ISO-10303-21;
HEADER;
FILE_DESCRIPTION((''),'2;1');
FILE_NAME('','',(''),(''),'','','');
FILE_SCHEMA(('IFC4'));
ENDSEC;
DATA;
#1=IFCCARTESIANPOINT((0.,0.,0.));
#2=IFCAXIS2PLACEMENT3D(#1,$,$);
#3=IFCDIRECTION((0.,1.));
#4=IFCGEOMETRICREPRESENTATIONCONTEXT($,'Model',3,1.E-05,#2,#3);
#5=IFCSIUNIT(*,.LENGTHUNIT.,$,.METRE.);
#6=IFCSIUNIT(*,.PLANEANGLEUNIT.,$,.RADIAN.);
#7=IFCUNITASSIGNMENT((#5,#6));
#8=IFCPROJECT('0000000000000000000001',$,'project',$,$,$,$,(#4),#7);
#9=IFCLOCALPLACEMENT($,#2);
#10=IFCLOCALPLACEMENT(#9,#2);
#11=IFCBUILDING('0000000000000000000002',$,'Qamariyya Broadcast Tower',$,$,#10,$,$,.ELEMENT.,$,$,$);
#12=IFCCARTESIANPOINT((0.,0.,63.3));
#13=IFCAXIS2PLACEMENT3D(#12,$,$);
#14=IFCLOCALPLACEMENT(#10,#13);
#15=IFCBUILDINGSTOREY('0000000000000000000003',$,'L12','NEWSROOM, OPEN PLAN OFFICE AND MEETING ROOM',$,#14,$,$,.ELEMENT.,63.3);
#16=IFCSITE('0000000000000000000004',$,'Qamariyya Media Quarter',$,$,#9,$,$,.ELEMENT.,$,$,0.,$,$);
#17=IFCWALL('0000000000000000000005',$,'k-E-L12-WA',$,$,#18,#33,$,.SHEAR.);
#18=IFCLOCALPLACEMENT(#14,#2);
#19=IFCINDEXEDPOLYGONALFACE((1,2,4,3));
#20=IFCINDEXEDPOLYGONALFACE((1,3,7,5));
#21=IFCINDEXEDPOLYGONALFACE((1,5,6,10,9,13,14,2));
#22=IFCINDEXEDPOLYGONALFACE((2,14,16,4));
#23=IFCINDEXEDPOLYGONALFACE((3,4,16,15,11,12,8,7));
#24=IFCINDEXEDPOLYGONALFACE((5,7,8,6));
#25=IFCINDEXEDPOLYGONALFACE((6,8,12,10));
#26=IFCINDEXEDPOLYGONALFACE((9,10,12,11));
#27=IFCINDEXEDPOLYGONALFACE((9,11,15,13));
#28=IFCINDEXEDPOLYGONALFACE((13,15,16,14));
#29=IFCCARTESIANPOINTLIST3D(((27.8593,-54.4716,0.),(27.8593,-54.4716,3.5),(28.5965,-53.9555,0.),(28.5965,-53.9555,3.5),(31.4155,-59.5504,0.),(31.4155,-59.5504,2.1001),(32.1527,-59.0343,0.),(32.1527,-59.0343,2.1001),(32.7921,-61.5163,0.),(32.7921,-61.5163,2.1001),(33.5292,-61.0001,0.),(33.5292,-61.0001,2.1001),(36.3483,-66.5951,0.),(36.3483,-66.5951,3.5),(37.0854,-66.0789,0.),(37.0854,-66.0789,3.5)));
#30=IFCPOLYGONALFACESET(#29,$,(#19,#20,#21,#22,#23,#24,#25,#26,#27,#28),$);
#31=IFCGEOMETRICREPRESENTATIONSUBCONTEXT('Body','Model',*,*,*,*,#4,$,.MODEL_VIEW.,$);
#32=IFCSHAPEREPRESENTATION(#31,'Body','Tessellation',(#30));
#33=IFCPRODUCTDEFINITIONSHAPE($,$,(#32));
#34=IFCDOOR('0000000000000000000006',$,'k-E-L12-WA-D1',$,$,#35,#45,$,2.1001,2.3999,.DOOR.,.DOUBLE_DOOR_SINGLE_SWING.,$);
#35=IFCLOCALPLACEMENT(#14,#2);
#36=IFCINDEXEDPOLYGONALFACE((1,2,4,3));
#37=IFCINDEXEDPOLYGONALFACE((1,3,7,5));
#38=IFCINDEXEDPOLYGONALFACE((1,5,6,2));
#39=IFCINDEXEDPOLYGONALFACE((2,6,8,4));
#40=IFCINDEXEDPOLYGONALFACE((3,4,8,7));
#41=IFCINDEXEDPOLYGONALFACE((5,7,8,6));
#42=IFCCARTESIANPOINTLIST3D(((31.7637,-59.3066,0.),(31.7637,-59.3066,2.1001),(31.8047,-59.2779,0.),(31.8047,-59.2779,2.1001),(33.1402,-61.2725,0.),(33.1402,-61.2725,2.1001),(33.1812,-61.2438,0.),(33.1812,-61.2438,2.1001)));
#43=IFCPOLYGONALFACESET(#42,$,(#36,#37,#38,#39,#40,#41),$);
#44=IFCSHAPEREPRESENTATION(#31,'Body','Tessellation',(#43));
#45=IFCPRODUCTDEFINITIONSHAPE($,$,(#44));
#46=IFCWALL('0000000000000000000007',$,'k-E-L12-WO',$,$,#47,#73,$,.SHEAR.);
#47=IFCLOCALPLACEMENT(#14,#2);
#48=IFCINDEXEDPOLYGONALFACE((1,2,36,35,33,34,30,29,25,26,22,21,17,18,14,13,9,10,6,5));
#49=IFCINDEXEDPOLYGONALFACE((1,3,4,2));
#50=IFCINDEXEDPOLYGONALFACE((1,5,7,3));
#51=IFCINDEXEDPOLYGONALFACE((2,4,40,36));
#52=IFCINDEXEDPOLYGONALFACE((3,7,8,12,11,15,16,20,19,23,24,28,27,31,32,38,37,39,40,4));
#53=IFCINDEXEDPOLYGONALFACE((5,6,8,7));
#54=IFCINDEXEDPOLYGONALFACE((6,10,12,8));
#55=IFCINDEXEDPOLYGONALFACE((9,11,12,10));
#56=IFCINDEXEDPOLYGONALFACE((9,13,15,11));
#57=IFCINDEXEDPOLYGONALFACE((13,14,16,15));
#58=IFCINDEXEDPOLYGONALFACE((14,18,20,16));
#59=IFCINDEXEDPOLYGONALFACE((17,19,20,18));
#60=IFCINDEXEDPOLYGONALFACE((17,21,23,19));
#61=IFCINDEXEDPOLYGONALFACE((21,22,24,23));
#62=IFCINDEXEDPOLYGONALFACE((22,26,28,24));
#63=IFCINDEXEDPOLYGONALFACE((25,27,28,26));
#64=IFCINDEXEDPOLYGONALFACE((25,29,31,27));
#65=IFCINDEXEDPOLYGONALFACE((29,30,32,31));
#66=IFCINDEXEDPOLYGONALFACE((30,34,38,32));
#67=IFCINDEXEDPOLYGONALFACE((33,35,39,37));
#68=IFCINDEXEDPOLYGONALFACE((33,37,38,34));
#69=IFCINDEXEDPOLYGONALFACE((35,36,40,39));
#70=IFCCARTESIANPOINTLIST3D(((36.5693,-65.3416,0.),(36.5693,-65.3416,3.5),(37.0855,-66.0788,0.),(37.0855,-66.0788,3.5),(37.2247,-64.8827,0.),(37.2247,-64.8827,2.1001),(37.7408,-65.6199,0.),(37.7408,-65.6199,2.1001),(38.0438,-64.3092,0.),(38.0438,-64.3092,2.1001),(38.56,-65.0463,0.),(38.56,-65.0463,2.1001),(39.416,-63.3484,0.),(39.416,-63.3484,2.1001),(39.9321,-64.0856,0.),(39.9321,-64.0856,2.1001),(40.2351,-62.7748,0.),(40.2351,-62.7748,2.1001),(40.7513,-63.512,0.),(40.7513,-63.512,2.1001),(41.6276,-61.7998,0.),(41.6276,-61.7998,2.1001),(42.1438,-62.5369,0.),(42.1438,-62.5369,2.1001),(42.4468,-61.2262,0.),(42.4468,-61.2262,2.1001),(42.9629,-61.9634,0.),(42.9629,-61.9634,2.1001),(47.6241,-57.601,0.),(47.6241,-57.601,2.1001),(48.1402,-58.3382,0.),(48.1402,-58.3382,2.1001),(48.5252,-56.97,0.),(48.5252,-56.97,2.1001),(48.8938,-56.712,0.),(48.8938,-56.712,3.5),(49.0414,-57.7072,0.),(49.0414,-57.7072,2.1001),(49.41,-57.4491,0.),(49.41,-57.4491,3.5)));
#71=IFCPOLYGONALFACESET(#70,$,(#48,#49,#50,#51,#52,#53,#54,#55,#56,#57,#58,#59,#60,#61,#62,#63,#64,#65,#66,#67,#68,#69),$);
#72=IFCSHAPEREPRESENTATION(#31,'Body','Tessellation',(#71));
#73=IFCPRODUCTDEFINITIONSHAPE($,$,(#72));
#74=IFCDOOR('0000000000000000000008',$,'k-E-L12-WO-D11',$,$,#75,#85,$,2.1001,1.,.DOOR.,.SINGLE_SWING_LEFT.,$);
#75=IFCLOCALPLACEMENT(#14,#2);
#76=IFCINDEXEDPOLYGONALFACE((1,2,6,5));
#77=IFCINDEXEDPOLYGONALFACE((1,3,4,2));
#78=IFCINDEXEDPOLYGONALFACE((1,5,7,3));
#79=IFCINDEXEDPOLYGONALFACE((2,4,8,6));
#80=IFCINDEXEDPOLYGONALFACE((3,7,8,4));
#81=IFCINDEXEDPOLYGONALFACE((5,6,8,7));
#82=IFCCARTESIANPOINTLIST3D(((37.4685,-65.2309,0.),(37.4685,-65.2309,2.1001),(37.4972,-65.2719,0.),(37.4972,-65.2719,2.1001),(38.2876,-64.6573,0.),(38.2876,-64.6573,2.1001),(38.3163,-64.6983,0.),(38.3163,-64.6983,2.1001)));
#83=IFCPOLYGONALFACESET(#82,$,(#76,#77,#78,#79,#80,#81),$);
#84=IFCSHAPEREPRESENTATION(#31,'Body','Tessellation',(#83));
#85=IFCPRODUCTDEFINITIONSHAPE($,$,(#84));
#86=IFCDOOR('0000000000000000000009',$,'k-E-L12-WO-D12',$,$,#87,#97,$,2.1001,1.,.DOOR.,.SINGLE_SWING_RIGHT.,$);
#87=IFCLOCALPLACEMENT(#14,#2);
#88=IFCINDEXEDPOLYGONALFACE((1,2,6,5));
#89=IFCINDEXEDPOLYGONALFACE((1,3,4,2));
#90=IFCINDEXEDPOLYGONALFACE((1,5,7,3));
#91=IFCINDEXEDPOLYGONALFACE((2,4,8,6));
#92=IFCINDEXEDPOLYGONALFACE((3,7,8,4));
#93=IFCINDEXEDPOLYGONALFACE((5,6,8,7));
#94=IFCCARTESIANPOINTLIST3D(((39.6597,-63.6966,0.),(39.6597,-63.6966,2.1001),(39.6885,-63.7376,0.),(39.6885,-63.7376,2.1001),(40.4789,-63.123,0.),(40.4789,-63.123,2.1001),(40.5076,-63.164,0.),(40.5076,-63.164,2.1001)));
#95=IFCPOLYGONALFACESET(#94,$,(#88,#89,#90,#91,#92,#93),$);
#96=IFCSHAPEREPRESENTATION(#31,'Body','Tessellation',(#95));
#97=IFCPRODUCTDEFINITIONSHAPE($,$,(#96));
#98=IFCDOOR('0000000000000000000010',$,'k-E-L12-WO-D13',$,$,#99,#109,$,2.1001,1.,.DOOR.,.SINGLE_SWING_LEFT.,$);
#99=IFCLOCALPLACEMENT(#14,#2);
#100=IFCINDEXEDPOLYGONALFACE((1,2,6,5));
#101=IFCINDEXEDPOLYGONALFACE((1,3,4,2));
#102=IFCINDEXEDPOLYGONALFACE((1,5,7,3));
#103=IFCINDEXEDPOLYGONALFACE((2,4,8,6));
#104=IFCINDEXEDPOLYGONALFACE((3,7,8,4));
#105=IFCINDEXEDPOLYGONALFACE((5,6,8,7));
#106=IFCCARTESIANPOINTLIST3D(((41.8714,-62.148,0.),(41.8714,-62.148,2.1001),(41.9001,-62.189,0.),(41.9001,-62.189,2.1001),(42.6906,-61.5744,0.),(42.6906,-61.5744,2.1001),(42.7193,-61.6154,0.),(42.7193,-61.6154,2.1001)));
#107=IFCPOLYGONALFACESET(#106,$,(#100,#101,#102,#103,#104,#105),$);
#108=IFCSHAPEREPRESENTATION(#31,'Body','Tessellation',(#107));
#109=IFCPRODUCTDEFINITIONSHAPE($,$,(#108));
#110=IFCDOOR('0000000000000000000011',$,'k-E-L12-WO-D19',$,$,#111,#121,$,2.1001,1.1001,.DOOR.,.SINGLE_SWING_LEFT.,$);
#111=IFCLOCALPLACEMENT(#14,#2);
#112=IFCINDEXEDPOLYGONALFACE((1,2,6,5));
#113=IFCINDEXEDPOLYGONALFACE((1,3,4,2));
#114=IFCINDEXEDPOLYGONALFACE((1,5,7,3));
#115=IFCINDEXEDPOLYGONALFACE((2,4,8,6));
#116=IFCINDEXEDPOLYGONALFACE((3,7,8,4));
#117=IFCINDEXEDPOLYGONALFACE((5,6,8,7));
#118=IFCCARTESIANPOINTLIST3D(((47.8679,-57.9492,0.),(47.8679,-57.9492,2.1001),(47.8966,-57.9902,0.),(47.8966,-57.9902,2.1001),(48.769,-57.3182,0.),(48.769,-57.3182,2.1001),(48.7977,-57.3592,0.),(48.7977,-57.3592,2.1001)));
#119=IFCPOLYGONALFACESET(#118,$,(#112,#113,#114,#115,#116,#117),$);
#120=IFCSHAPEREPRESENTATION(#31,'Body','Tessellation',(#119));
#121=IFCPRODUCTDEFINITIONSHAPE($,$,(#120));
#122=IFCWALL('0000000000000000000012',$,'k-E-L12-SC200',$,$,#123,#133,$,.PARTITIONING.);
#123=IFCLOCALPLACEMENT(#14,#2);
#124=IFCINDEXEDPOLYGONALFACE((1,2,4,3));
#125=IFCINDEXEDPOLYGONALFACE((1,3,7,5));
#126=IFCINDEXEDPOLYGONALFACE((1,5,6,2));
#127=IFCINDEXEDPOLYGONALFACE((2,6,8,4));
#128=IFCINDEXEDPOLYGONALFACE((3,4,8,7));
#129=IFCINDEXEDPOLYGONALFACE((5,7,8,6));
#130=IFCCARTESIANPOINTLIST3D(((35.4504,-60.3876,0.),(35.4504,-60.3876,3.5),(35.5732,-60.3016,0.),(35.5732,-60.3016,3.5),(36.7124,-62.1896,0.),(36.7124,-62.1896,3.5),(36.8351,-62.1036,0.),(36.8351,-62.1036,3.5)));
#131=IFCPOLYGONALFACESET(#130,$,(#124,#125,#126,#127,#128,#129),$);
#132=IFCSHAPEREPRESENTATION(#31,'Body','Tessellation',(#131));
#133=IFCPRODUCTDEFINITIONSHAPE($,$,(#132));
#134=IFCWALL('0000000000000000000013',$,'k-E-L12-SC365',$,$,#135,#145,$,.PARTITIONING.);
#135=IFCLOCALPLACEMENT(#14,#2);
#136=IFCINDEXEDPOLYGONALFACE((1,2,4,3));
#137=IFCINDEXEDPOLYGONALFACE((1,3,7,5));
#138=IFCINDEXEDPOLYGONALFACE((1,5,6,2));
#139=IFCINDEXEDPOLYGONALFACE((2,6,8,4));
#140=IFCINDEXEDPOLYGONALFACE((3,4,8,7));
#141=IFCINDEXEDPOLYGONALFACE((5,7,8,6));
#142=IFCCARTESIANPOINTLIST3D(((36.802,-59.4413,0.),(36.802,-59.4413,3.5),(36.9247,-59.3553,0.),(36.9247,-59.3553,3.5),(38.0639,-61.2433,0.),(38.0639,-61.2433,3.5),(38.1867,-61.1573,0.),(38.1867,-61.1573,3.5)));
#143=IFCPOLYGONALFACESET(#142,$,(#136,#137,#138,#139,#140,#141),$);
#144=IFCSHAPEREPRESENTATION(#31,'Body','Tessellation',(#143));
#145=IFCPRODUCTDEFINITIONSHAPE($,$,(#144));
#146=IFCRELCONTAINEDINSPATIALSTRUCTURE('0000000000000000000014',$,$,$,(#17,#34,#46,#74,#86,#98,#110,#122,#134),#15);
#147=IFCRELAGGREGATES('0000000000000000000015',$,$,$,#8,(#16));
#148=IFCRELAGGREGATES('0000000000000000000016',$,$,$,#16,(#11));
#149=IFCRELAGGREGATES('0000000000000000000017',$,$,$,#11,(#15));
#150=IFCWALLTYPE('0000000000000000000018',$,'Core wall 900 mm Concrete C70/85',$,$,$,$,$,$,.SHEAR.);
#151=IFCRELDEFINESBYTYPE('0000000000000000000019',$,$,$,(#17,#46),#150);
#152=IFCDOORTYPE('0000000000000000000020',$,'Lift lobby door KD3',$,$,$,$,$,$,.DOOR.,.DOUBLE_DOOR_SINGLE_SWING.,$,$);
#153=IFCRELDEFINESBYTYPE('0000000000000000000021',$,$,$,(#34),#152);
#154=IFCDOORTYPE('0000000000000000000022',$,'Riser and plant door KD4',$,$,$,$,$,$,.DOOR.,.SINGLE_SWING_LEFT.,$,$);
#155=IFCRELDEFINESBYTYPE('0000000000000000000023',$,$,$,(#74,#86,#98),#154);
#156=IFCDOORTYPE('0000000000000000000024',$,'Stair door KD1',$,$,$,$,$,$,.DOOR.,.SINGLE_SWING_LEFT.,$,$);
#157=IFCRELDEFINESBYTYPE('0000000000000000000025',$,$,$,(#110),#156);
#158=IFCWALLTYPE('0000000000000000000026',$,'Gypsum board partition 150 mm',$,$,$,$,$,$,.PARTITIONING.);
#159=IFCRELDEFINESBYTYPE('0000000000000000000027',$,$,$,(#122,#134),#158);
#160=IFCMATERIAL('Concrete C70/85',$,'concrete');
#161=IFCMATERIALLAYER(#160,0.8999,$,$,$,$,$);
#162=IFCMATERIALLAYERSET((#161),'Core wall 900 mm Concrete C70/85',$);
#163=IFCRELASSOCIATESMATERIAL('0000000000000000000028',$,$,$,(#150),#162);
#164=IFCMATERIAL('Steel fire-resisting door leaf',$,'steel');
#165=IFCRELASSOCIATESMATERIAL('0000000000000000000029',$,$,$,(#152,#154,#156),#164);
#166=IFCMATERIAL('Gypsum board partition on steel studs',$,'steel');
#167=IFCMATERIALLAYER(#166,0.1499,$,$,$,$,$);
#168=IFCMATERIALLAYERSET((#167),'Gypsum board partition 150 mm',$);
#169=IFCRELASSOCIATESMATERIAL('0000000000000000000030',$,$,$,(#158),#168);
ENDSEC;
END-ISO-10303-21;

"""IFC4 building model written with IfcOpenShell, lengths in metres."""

from ifc_helpers import new_model, si_unit, direction, frame, frame_2d, origin, place, context, subcontext, project, spatial, rectangle, extrude, material, layer, layer_set, type_object, element, fill, save


model = new_model("IFC4")

# Units and contexts
model_context = context("Model", 3, precision=1e-05, world=origin(), true_north=direction((0.0, 1.0)))
body_context = subcontext(model_context, "Body", "Model", "MODEL_VIEW")
ifc_project = project(units=[si_unit("LENGTHUNIT", "METRE"), si_unit("PLANEANGLEUNIT", "RADIAN")], contexts=[model_context])

# Site, building, storey
site_placement = place(None, origin())
site = spatial("IfcSite", under=ifc_project, at=site_placement, Name="Qamariyya Media Quarter", CompositionType="ELEMENT", RefElevation=0.0)
building_placement = place(site_placement, origin())
building = spatial("IfcBuilding", under=site, at=building_placement, Name="Qamariyya Broadcast Tower", CompositionType="ELEMENT")
storey_placement = place(building_placement, frame((0.0, 0.0, 63.3)))
storey = spatial("IfcBuildingStorey", under=building, at=storey_placement, Name="L12", Description="NEWSROOM, OPEN PLAN OFFICE AND MEETING ROOM", CompositionType="ELEMENT", Elevation=63.3)

# Wall, opening, door
ifc_material_1 = material(Name="Concrete C70/85", Category="concrete")
ifc_layer_1 = layer(ifc_material_1, 0.8999)
ifc_layer_set_1 = layer_set([ifc_layer_1], Name="Core wall 900 mm Concrete C70/85")
wall_type_1 = type_object("IfcWallType", Name="Core wall 900 mm Concrete C70/85", PredefinedType="SHEAR", material=ifc_layer_set_1)
wall_1_placement = place(storey_placement, frame((36.7168, -66.3369, 0.0), z_axis=(0.0, 0.0, 1.0), x_axis=(-0.573577, 0.819151, 0.0)))
wall_1 = element("IfcWall", 1, at=wall_1_placement, inside=storey, type_object=wall_type_1, Name="k-E-L12-WA", PredefinedType="SHEAR", context=body_context, shape_type="SweptSolid", body=[
    extrude(rectangle(XDim=14.8, YDim=0.8999, at=frame_2d((7.3999, 0.0))), origin(), (0.0, 0.0, 1.0), 3.5),
])
opening_1_placement = place(wall_1_placement, frame((6.2, 0.0, 0.0)))
opening_1 = element("IfcOpeningElement", 2, at=opening_1_placement, cuts=wall_1, PredefinedType="OPENING", context=body_context, shape_type="SweptSolid", body=[
    extrude(rectangle(XDim=2.3999, YDim=2.1001, at=frame_2d((1.2, 1.05))), frame((0.0, 0.46, 0.0), z_axis=(0.0, -1.0, 0.0), x_axis=(1.0, 0.0, 0.0)), (0.0, 0.0, 1.0), 0.9199),
])
ifc_material_2 = material(Name="Steel fire-resisting door leaf", Category="steel")
door_type_1 = type_object("IfcDoorType", Name="Lift lobby door KD3", OperationType="DOUBLE_DOOR_SINGLE_SWING", PredefinedType="DOOR", material=ifc_material_2)
door_1_placement = place(opening_1_placement, origin())
door_1 = element("IfcDoor", 3, at=door_1_placement, inside=storey, type_object=door_type_1, Name="k-E-L12-WA-D1", OperationType="DOUBLE_DOOR_SINGLE_SWING", OverallHeight=2.1001, OverallWidth=2.3999, PredefinedType="DOOR", context=body_context, shape_type="SweptSolid", body=[
    extrude(rectangle(XDim=2.3999, YDim=2.1001, at=frame_2d((1.2, 1.05))), frame((0.0, 0.0249, 0.0), z_axis=(0.0, -1.0, 0.0), x_axis=(1.0, 0.0, 0.0)), (0.0, 0.0, 1.0), 0.05),
])
fill(opening_1, door_1)

# Wall, openings, doors
wall_2_placement = place(storey_placement, frame((36.8274, -65.7102, 0.0), z_axis=(0.0, 0.0, 1.0), x_axis=(0.819153, 0.573575, 0.0)))
wall_2 = element("IfcWall", 4, at=wall_2_placement, inside=storey, type_object=wall_type_1, Name="k-E-L12-WO", PredefinedType="SHEAR", context=body_context, shape_type="SweptSolid", body=[
    extrude(rectangle(XDim=15.0454, YDim=0.8999, at=frame_2d((7.5227, 0.0))), origin(), (0.0, 0.0, 1.0), 3.5),
])
opening_2_placement = place(wall_2_placement, frame((0.8, 0.0, 0.0)))
opening_2 = element("IfcOpeningElement", 5, at=opening_2_placement, cuts=wall_2, PredefinedType="OPENING", context=body_context, shape_type="SweptSolid", body=[
    extrude(rectangle(XDim=1.0, YDim=2.1001, at=frame_2d((0.5, 1.05))), frame((0.0, 0.46, 0.0), z_axis=(0.0, -1.0, 0.0), x_axis=(1.0, 0.0, 0.0)), (0.0, 0.0, 1.0), 0.9199),
])
opening_3_placement = place(wall_2_placement, frame((3.4751, 0.0, 0.0)))
opening_3 = element("IfcOpeningElement", 6, at=opening_3_placement, cuts=wall_2, PredefinedType="OPENING", context=body_context, shape_type="SweptSolid", body=[
    extrude(rectangle(XDim=1.0, YDim=2.1001, at=frame_2d((0.5, 1.05))), frame((0.0, 0.46, 0.0), z_axis=(0.0, -1.0, 0.0), x_axis=(1.0, 0.0, 0.0)), (0.0, 0.0, 1.0), 0.9199),
])
opening_4_placement = place(wall_2_placement, frame((6.175, 0.0, 0.0)))
opening_4 = element("IfcOpeningElement", 7, at=opening_4_placement, cuts=wall_2, PredefinedType="OPENING", context=body_context, shape_type="SweptSolid", body=[
    extrude(rectangle(XDim=1.0, YDim=2.1001, at=frame_2d((0.5, 1.05))), frame((0.0, 0.46, 0.0), z_axis=(0.0, -1.0, 0.0), x_axis=(1.0, 0.0, 0.0)), (0.0, 0.0, 1.0), 0.9199),
])
opening_5_placement = place(wall_2_placement, frame((13.4954, 0.0, 0.0)))
opening_5 = element("IfcOpeningElement", 8, at=opening_5_placement, cuts=wall_2, PredefinedType="OPENING", context=body_context, shape_type="SweptSolid", body=[
    extrude(rectangle(XDim=1.1001, YDim=2.1001, at=frame_2d((0.55, 1.05))), frame((0.0, 0.46, 0.0), z_axis=(0.0, -1.0, 0.0), x_axis=(1.0, 0.0, 0.0)), (0.0, 0.0, 1.0), 0.9199),
])
door_type_2 = type_object("IfcDoorType", Name="Riser and plant door KD4", OperationType="SINGLE_SWING_LEFT", PredefinedType="DOOR", material=ifc_material_2)
door_2_placement = place(opening_2_placement, origin())
door_2 = element("IfcDoor", 9, at=door_2_placement, inside=storey, type_object=door_type_2, Name="k-E-L12-WO-D11", OperationType="SINGLE_SWING_LEFT", OverallHeight=2.1001, OverallWidth=1.0, PredefinedType="DOOR", context=body_context, shape_type="SweptSolid", body=[
    extrude(rectangle(XDim=1.0, YDim=2.1001, at=frame_2d((0.5, 1.05))), frame((0.0, 0.0249, 0.0), z_axis=(0.0, -1.0, 0.0), x_axis=(1.0, 0.0, 0.0)), (0.0, 0.0, 1.0), 0.05),
])
fill(opening_2, door_2)
door_3_placement = place(opening_3_placement, origin())
door_3 = element("IfcDoor", 10, at=door_3_placement, inside=storey, type_object=door_type_2, Name="k-E-L12-WO-D12", OperationType="SINGLE_SWING_RIGHT", OverallHeight=2.1001, OverallWidth=1.0, PredefinedType="DOOR", context=body_context, shape_type="SweptSolid", body=[
    extrude(rectangle(XDim=1.0, YDim=2.1001, at=frame_2d((0.5, 1.05))), frame((0.0, 0.0249, 0.0), z_axis=(0.0, -1.0, 0.0), x_axis=(1.0, 0.0, 0.0)), (0.0, 0.0, 1.0), 0.05),
])
fill(opening_3, door_3)
door_4_placement = place(opening_4_placement, origin())
door_4 = element("IfcDoor", 11, at=door_4_placement, inside=storey, type_object=door_type_2, Name="k-E-L12-WO-D13", OperationType="SINGLE_SWING_LEFT", OverallHeight=2.1001, OverallWidth=1.0, PredefinedType="DOOR", context=body_context, shape_type="SweptSolid", body=[
    extrude(rectangle(XDim=1.0, YDim=2.1001, at=frame_2d((0.5, 1.05))), frame((0.0, 0.0249, 0.0), z_axis=(0.0, -1.0, 0.0), x_axis=(1.0, 0.0, 0.0)), (0.0, 0.0, 1.0), 0.05),
])
fill(opening_4, door_4)
door_type_3 = type_object("IfcDoorType", Name="Stair door KD1", OperationType="SINGLE_SWING_LEFT", PredefinedType="DOOR", material=ifc_material_2)
door_5_placement = place(opening_5_placement, origin())
door_5 = element("IfcDoor", 12, at=door_5_placement, inside=storey, type_object=door_type_3, Name="k-E-L12-WO-D19", OperationType="SINGLE_SWING_LEFT", OverallHeight=2.1001, OverallWidth=1.1001, PredefinedType="DOOR", context=body_context, shape_type="SweptSolid", body=[
    extrude(rectangle(XDim=1.1001, YDim=2.1001, at=frame_2d((0.55, 1.05))), frame((0.0, 0.0249, 0.0), z_axis=(0.0, -1.0, 0.0), x_axis=(1.0, 0.0, 0.0)), (0.0, 0.0, 1.0), 0.05),
])
fill(opening_5, door_5)

# Walls
ifc_material_3 = material(Name="Gypsum board partition on steel studs", Category="steel")
ifc_layer_2 = layer(ifc_material_3, 0.1499)
ifc_layer_set_2 = layer_set([ifc_layer_2], Name="Gypsum board partition 150 mm")
wall_type_2 = type_object("IfcWallType", Name="Gypsum board partition 150 mm", PredefinedType="PARTITIONING", material=ifc_layer_set_2)
for number, where, z_axis, x_axis, name in (
    (13, (35.5117, -60.3445, 0.0), (0.0, 0.0, 1.0), (0.573634, -0.819112, 0.0), "k-E-L12-SC200"),
    (14, (36.8633, -59.3982, 0.0), (0.0, 0.0, 1.0), (0.573634, -0.819112, 0.0), "k-E-L12-SC365"),
):
    element("IfcWall", number, at=place(storey_placement, frame(where, z_axis=z_axis, x_axis=x_axis)), inside=storey, type_object=wall_type_2, Name=name, PredefinedType="PARTITIONING", context=body_context, shape_type="SweptSolid", body=[
        extrude(rectangle(XDim=2.2, YDim=0.1499, at=frame_2d((1.1001, 0.0))), origin(), (0.0, 0.0, 1.0), 3.5),
    ])

save(model, "model.ifc")
